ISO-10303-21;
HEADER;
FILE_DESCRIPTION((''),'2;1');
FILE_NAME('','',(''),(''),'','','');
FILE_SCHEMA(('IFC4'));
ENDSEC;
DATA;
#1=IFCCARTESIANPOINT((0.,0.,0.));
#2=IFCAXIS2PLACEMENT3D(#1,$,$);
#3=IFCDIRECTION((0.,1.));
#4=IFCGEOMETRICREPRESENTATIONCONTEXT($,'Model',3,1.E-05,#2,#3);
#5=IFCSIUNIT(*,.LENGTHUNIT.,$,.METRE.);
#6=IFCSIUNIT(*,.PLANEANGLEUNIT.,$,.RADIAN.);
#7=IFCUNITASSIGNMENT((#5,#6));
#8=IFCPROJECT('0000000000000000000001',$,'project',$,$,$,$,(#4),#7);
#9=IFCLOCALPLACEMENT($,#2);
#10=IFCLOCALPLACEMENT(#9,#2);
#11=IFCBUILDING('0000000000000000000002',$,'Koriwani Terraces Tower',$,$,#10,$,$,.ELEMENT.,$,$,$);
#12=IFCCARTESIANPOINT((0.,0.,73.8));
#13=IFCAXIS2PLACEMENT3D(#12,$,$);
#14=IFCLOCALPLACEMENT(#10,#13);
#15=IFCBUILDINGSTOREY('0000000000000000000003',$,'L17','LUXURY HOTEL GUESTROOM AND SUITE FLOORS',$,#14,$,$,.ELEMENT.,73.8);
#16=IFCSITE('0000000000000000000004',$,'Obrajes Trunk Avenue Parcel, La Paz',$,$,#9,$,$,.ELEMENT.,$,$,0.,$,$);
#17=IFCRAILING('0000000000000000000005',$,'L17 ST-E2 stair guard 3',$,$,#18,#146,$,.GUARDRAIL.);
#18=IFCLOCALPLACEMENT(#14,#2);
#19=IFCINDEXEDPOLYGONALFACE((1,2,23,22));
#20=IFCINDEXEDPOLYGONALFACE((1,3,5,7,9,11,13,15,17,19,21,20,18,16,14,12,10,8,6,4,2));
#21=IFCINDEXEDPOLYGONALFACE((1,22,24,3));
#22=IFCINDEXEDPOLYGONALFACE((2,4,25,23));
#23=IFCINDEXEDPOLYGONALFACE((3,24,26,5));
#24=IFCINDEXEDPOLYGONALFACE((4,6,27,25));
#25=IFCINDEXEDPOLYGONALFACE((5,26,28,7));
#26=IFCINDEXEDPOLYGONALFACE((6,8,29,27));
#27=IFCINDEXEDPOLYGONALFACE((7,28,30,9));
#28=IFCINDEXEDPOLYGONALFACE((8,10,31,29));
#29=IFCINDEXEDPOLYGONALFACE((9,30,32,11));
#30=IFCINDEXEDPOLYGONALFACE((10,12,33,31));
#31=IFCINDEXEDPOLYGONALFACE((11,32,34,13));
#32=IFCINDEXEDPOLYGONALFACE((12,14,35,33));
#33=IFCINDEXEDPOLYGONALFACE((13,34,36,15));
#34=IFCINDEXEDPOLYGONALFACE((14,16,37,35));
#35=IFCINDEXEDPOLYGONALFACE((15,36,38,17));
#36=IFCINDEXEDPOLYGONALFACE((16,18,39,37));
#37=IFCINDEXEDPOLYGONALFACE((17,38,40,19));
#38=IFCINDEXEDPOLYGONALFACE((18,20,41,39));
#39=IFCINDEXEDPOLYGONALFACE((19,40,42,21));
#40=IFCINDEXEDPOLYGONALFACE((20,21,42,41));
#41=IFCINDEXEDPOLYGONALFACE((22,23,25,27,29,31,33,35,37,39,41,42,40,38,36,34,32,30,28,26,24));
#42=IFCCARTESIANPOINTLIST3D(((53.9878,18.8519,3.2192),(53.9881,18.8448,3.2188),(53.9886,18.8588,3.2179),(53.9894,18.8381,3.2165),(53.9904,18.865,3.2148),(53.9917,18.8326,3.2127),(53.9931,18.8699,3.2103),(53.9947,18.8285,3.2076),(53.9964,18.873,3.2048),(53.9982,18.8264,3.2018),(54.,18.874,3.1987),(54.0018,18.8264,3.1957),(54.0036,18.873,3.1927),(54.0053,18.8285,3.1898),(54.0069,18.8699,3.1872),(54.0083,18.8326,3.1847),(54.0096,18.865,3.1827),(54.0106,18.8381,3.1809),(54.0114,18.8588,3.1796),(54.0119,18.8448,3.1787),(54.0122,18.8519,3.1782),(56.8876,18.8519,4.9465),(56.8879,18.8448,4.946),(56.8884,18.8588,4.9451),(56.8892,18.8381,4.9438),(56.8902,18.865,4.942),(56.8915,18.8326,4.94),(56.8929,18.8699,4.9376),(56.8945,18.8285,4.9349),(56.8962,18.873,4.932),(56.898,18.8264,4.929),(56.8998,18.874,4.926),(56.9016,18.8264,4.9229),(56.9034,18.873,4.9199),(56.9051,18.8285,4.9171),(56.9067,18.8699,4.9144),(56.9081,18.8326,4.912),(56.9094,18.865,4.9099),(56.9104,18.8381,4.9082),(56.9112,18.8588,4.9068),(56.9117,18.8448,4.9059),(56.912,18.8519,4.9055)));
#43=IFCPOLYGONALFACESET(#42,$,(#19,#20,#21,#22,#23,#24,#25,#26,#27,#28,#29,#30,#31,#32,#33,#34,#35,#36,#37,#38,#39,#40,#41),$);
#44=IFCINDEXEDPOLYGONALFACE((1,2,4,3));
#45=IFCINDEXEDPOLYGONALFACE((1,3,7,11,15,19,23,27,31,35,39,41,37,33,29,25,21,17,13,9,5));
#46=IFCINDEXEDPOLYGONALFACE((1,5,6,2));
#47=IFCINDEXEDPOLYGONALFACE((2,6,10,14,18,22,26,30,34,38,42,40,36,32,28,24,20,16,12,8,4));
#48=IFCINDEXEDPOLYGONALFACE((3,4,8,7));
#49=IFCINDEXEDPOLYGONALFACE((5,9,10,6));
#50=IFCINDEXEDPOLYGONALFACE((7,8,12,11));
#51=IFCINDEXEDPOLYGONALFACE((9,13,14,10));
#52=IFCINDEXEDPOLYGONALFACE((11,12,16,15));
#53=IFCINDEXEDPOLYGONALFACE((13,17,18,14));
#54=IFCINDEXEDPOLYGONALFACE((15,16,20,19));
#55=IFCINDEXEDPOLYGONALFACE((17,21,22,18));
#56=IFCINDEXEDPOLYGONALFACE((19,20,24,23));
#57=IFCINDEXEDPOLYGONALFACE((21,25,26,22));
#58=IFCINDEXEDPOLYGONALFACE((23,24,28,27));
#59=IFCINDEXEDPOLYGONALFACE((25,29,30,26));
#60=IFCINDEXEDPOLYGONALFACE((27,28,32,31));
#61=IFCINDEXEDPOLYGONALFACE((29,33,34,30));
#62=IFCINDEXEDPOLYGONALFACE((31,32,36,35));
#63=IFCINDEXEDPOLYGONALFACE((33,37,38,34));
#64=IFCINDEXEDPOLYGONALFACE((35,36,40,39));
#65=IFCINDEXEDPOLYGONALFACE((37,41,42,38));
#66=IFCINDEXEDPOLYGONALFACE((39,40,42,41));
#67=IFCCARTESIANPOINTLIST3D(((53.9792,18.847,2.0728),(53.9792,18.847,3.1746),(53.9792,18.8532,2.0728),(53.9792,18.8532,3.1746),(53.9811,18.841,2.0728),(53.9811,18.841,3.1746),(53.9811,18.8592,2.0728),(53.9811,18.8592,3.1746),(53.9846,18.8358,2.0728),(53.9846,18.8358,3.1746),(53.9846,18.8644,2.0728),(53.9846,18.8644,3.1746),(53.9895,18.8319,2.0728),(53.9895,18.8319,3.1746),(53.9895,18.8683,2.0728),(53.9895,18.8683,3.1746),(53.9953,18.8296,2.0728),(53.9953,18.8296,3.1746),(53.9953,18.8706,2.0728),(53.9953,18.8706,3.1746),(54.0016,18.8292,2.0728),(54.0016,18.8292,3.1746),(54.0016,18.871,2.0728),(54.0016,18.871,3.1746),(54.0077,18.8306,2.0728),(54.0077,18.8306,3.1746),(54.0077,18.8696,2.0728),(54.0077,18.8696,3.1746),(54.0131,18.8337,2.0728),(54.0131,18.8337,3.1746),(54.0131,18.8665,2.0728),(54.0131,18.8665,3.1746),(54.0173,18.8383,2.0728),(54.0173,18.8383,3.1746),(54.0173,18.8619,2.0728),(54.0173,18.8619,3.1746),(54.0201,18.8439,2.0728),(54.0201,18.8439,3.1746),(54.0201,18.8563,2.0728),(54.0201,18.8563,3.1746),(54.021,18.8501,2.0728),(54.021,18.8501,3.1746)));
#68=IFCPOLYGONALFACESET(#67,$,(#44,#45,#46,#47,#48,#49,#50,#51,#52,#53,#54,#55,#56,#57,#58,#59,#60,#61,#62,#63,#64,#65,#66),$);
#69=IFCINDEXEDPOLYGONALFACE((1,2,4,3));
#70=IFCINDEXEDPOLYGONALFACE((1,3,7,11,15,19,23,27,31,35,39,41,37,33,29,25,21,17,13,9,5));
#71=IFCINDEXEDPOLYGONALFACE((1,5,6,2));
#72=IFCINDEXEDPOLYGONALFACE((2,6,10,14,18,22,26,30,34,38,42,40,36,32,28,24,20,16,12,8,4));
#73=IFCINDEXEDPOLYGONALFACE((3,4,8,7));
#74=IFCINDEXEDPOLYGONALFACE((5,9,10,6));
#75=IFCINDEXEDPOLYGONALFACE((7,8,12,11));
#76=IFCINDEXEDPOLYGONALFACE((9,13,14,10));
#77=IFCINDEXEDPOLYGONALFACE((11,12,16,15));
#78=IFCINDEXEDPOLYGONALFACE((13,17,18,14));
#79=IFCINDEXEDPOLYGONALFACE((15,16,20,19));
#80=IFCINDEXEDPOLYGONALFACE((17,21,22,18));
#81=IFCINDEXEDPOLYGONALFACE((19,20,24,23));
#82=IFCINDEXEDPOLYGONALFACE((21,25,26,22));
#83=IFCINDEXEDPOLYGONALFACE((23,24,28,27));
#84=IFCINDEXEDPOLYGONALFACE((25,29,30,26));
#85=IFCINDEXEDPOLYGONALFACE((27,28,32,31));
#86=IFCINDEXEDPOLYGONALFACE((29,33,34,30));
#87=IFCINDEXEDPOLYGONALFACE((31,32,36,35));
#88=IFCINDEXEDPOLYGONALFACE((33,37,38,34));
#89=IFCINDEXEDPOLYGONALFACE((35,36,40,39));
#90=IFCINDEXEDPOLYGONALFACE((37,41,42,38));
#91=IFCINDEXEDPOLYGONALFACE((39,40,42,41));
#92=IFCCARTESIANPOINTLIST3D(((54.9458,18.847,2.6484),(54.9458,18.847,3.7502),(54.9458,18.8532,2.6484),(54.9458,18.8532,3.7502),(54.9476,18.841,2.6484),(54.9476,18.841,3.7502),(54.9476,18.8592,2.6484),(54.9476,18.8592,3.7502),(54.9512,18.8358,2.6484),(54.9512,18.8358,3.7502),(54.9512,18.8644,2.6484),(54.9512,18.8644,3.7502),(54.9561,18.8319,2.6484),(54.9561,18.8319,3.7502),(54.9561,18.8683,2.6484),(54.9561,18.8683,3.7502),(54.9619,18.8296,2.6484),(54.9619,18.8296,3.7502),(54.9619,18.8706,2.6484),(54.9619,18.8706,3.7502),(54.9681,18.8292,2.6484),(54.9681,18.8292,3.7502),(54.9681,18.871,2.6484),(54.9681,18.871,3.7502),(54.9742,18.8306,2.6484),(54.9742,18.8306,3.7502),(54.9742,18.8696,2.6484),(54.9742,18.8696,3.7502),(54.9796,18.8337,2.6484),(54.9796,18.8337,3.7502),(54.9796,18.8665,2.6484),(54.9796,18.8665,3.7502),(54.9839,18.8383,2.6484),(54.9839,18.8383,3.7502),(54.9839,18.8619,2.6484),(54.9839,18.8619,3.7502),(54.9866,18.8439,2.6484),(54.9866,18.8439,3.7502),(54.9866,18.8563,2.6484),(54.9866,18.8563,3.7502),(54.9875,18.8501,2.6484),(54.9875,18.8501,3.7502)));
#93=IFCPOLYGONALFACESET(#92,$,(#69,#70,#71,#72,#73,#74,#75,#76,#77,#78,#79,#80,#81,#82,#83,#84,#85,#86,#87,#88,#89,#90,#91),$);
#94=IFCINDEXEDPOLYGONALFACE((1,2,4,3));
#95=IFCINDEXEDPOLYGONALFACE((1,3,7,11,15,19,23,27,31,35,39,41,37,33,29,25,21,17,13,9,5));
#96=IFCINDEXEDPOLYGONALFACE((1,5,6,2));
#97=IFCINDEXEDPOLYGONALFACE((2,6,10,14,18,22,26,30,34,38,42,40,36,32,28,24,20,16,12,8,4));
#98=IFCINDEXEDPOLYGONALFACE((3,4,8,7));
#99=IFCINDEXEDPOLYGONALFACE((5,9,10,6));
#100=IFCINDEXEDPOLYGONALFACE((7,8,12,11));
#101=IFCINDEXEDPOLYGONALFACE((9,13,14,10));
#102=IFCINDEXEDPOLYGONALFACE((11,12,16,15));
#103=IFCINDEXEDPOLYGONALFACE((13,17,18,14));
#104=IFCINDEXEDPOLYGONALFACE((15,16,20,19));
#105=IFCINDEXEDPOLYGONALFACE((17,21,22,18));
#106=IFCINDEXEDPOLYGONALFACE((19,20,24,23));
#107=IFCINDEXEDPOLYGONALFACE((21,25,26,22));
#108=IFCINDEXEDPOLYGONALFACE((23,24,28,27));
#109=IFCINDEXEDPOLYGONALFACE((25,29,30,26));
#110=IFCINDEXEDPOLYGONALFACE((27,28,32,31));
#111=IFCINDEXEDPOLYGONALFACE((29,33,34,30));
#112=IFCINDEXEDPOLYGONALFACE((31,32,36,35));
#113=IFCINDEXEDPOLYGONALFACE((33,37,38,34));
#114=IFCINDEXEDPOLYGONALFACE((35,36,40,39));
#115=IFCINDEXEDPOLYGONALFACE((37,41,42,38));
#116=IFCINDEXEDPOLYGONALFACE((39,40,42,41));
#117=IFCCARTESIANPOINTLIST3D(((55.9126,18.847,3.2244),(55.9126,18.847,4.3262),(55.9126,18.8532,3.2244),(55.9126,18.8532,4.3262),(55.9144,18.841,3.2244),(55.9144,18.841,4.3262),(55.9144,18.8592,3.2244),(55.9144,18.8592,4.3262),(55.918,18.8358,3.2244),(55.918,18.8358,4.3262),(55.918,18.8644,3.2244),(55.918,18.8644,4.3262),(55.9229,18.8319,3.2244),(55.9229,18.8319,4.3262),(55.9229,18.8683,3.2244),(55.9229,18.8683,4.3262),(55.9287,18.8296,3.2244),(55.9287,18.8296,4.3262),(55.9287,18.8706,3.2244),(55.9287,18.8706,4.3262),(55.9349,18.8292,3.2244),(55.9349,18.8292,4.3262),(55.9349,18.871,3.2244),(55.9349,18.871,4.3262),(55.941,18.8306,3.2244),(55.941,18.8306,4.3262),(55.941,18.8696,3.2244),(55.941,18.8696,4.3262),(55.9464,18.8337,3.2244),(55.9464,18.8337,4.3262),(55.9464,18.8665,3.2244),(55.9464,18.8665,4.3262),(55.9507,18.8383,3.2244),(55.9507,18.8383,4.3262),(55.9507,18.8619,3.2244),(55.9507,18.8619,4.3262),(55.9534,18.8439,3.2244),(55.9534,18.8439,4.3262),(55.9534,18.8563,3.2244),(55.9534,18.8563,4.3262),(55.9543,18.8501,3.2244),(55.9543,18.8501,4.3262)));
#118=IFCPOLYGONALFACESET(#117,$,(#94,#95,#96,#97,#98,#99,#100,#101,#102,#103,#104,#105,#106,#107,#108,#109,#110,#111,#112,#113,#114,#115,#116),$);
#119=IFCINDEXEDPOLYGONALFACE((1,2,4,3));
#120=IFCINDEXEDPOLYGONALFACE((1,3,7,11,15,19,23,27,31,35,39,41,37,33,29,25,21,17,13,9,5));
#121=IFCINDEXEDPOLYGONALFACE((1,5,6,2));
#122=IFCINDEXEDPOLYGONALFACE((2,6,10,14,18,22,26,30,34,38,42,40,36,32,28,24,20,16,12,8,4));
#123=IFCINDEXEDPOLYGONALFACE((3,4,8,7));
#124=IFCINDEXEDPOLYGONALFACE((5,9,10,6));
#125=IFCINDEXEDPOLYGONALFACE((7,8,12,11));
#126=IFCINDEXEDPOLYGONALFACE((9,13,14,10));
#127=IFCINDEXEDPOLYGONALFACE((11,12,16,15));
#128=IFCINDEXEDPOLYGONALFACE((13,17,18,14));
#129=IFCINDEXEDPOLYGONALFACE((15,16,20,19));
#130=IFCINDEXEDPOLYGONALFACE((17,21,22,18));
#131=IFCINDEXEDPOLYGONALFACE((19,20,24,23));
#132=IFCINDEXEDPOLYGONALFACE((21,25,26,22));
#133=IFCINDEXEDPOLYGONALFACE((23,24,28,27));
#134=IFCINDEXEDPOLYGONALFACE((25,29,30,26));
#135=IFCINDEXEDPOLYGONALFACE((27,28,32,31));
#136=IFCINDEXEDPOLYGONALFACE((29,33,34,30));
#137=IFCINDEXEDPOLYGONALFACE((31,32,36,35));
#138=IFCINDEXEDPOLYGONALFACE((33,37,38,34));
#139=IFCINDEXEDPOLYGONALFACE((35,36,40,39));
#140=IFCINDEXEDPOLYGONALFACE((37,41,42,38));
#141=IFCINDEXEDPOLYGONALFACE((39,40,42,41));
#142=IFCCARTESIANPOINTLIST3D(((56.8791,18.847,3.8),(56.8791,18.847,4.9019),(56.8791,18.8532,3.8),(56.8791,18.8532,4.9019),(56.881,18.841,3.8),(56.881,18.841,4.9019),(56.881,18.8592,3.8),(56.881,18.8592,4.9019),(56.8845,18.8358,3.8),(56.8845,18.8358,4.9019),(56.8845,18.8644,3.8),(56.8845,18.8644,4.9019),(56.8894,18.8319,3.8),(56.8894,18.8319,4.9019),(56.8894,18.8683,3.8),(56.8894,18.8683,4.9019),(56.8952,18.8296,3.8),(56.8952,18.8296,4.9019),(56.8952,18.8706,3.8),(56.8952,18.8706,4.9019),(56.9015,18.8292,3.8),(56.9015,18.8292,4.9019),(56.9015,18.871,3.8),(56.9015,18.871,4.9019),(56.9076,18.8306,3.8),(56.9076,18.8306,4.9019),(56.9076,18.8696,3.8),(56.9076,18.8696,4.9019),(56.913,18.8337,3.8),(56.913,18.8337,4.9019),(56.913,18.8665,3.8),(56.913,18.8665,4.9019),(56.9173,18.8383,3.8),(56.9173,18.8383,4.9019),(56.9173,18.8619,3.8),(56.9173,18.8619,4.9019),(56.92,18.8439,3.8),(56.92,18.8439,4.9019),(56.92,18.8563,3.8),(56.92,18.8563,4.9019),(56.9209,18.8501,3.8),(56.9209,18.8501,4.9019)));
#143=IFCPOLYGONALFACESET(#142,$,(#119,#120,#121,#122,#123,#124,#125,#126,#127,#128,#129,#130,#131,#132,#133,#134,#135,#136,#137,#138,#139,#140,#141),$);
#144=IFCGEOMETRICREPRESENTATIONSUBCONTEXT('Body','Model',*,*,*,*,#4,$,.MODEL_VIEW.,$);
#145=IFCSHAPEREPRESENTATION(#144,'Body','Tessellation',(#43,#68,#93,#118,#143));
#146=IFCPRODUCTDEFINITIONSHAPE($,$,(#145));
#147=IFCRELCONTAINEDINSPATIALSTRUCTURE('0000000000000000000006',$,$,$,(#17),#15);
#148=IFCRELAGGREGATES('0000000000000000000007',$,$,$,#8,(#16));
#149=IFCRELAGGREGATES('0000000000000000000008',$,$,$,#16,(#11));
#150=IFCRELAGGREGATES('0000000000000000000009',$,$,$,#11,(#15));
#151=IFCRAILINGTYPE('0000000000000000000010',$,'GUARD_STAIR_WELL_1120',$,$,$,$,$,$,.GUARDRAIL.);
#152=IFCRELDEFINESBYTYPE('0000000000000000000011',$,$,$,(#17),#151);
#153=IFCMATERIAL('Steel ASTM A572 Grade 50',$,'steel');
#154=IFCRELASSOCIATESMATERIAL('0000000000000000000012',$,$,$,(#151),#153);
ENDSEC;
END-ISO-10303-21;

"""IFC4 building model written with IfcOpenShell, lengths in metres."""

from ifc_helpers import new_model, si_unit, direction, frame, origin, origin_2d, place, context, subcontext, project, spatial, circle, extrude, material, type_object, element, save


model = new_model("IFC4")

# Units and contexts
model_context = context("Model", 3, precision=1e-05, world=origin(), true_north=direction((0.0, 1.0)))
body_context = subcontext(model_context, "Body", "Model", "MODEL_VIEW")
ifc_project = project(units=[si_unit("LENGTHUNIT", "METRE"), si_unit("PLANEANGLEUNIT", "RADIAN")], contexts=[model_context])

# Site, building, storey
site_placement = place(None, origin())
site = spatial("IfcSite", under=ifc_project, at=site_placement, Name="Obrajes Trunk Avenue Parcel, La Paz", CompositionType="ELEMENT", RefElevation=0.0)
building_placement = place(site_placement, origin())
building = spatial("IfcBuilding", under=site, at=building_placement, Name="Koriwani Terraces Tower", CompositionType="ELEMENT")
storey_placement = place(building_placement, frame((0.0, 0.0, 73.8)))
storey = spatial("IfcBuildingStorey", under=building, at=storey_placement, Name="L17", Description="LUXURY HOTEL GUESTROOM AND SUITE FLOORS", CompositionType="ELEMENT", Elevation=73.8)

# Shared definitions
ifc_material_1 = material(Name="Steel ASTM A572 Grade 50", Category="steel")

# Railing
railing_type_1 = type_object("IfcRailingType", Name="GUARD_STAIR_WELL_1120", PredefinedType="GUARDRAIL", material=ifc_material_1)
railing_1_placement = place(storey_placement, frame((54.0, 18.8501, 2.0728)))
element("IfcRailing", 1, at=railing_1_placement, inside=storey, type_object=railing_type_1, Name="L17 ST-E2 stair guard 3", PredefinedType="GUARDRAIL", context=body_context, shape_type="SweptSolid", body=[
    extrude(circle(Radius=0.0239, at=origin_2d()), frame((0.0, 0.0, 1.126), z_axis=(0.859141, 0.0, 0.511738), x_axis=(0.0, 1.0, 0.0)), (0.0, 0.0, 1.0), 3.3752),
    extrude(circle(Radius=0.021, at=origin_2d()), origin(), (0.0, 0.0, 1.0), 1.1018),
    extrude(circle(Radius=0.021, at=origin_2d()), frame((0.9666, 0.0, 0.5757)), (0.0, 0.0, 1.0), 1.1018),
    extrude(circle(Radius=0.021, at=origin_2d()), frame((1.9333, 0.0, 1.1516)), (0.0, 0.0, 1.0), 1.1018),
    extrude(circle(Radius=0.021, at=origin_2d()), frame((2.8999, 0.0, 1.7273)), (0.0, 0.0, 1.0), 1.1018),
])

save(model, "model.ifc")
